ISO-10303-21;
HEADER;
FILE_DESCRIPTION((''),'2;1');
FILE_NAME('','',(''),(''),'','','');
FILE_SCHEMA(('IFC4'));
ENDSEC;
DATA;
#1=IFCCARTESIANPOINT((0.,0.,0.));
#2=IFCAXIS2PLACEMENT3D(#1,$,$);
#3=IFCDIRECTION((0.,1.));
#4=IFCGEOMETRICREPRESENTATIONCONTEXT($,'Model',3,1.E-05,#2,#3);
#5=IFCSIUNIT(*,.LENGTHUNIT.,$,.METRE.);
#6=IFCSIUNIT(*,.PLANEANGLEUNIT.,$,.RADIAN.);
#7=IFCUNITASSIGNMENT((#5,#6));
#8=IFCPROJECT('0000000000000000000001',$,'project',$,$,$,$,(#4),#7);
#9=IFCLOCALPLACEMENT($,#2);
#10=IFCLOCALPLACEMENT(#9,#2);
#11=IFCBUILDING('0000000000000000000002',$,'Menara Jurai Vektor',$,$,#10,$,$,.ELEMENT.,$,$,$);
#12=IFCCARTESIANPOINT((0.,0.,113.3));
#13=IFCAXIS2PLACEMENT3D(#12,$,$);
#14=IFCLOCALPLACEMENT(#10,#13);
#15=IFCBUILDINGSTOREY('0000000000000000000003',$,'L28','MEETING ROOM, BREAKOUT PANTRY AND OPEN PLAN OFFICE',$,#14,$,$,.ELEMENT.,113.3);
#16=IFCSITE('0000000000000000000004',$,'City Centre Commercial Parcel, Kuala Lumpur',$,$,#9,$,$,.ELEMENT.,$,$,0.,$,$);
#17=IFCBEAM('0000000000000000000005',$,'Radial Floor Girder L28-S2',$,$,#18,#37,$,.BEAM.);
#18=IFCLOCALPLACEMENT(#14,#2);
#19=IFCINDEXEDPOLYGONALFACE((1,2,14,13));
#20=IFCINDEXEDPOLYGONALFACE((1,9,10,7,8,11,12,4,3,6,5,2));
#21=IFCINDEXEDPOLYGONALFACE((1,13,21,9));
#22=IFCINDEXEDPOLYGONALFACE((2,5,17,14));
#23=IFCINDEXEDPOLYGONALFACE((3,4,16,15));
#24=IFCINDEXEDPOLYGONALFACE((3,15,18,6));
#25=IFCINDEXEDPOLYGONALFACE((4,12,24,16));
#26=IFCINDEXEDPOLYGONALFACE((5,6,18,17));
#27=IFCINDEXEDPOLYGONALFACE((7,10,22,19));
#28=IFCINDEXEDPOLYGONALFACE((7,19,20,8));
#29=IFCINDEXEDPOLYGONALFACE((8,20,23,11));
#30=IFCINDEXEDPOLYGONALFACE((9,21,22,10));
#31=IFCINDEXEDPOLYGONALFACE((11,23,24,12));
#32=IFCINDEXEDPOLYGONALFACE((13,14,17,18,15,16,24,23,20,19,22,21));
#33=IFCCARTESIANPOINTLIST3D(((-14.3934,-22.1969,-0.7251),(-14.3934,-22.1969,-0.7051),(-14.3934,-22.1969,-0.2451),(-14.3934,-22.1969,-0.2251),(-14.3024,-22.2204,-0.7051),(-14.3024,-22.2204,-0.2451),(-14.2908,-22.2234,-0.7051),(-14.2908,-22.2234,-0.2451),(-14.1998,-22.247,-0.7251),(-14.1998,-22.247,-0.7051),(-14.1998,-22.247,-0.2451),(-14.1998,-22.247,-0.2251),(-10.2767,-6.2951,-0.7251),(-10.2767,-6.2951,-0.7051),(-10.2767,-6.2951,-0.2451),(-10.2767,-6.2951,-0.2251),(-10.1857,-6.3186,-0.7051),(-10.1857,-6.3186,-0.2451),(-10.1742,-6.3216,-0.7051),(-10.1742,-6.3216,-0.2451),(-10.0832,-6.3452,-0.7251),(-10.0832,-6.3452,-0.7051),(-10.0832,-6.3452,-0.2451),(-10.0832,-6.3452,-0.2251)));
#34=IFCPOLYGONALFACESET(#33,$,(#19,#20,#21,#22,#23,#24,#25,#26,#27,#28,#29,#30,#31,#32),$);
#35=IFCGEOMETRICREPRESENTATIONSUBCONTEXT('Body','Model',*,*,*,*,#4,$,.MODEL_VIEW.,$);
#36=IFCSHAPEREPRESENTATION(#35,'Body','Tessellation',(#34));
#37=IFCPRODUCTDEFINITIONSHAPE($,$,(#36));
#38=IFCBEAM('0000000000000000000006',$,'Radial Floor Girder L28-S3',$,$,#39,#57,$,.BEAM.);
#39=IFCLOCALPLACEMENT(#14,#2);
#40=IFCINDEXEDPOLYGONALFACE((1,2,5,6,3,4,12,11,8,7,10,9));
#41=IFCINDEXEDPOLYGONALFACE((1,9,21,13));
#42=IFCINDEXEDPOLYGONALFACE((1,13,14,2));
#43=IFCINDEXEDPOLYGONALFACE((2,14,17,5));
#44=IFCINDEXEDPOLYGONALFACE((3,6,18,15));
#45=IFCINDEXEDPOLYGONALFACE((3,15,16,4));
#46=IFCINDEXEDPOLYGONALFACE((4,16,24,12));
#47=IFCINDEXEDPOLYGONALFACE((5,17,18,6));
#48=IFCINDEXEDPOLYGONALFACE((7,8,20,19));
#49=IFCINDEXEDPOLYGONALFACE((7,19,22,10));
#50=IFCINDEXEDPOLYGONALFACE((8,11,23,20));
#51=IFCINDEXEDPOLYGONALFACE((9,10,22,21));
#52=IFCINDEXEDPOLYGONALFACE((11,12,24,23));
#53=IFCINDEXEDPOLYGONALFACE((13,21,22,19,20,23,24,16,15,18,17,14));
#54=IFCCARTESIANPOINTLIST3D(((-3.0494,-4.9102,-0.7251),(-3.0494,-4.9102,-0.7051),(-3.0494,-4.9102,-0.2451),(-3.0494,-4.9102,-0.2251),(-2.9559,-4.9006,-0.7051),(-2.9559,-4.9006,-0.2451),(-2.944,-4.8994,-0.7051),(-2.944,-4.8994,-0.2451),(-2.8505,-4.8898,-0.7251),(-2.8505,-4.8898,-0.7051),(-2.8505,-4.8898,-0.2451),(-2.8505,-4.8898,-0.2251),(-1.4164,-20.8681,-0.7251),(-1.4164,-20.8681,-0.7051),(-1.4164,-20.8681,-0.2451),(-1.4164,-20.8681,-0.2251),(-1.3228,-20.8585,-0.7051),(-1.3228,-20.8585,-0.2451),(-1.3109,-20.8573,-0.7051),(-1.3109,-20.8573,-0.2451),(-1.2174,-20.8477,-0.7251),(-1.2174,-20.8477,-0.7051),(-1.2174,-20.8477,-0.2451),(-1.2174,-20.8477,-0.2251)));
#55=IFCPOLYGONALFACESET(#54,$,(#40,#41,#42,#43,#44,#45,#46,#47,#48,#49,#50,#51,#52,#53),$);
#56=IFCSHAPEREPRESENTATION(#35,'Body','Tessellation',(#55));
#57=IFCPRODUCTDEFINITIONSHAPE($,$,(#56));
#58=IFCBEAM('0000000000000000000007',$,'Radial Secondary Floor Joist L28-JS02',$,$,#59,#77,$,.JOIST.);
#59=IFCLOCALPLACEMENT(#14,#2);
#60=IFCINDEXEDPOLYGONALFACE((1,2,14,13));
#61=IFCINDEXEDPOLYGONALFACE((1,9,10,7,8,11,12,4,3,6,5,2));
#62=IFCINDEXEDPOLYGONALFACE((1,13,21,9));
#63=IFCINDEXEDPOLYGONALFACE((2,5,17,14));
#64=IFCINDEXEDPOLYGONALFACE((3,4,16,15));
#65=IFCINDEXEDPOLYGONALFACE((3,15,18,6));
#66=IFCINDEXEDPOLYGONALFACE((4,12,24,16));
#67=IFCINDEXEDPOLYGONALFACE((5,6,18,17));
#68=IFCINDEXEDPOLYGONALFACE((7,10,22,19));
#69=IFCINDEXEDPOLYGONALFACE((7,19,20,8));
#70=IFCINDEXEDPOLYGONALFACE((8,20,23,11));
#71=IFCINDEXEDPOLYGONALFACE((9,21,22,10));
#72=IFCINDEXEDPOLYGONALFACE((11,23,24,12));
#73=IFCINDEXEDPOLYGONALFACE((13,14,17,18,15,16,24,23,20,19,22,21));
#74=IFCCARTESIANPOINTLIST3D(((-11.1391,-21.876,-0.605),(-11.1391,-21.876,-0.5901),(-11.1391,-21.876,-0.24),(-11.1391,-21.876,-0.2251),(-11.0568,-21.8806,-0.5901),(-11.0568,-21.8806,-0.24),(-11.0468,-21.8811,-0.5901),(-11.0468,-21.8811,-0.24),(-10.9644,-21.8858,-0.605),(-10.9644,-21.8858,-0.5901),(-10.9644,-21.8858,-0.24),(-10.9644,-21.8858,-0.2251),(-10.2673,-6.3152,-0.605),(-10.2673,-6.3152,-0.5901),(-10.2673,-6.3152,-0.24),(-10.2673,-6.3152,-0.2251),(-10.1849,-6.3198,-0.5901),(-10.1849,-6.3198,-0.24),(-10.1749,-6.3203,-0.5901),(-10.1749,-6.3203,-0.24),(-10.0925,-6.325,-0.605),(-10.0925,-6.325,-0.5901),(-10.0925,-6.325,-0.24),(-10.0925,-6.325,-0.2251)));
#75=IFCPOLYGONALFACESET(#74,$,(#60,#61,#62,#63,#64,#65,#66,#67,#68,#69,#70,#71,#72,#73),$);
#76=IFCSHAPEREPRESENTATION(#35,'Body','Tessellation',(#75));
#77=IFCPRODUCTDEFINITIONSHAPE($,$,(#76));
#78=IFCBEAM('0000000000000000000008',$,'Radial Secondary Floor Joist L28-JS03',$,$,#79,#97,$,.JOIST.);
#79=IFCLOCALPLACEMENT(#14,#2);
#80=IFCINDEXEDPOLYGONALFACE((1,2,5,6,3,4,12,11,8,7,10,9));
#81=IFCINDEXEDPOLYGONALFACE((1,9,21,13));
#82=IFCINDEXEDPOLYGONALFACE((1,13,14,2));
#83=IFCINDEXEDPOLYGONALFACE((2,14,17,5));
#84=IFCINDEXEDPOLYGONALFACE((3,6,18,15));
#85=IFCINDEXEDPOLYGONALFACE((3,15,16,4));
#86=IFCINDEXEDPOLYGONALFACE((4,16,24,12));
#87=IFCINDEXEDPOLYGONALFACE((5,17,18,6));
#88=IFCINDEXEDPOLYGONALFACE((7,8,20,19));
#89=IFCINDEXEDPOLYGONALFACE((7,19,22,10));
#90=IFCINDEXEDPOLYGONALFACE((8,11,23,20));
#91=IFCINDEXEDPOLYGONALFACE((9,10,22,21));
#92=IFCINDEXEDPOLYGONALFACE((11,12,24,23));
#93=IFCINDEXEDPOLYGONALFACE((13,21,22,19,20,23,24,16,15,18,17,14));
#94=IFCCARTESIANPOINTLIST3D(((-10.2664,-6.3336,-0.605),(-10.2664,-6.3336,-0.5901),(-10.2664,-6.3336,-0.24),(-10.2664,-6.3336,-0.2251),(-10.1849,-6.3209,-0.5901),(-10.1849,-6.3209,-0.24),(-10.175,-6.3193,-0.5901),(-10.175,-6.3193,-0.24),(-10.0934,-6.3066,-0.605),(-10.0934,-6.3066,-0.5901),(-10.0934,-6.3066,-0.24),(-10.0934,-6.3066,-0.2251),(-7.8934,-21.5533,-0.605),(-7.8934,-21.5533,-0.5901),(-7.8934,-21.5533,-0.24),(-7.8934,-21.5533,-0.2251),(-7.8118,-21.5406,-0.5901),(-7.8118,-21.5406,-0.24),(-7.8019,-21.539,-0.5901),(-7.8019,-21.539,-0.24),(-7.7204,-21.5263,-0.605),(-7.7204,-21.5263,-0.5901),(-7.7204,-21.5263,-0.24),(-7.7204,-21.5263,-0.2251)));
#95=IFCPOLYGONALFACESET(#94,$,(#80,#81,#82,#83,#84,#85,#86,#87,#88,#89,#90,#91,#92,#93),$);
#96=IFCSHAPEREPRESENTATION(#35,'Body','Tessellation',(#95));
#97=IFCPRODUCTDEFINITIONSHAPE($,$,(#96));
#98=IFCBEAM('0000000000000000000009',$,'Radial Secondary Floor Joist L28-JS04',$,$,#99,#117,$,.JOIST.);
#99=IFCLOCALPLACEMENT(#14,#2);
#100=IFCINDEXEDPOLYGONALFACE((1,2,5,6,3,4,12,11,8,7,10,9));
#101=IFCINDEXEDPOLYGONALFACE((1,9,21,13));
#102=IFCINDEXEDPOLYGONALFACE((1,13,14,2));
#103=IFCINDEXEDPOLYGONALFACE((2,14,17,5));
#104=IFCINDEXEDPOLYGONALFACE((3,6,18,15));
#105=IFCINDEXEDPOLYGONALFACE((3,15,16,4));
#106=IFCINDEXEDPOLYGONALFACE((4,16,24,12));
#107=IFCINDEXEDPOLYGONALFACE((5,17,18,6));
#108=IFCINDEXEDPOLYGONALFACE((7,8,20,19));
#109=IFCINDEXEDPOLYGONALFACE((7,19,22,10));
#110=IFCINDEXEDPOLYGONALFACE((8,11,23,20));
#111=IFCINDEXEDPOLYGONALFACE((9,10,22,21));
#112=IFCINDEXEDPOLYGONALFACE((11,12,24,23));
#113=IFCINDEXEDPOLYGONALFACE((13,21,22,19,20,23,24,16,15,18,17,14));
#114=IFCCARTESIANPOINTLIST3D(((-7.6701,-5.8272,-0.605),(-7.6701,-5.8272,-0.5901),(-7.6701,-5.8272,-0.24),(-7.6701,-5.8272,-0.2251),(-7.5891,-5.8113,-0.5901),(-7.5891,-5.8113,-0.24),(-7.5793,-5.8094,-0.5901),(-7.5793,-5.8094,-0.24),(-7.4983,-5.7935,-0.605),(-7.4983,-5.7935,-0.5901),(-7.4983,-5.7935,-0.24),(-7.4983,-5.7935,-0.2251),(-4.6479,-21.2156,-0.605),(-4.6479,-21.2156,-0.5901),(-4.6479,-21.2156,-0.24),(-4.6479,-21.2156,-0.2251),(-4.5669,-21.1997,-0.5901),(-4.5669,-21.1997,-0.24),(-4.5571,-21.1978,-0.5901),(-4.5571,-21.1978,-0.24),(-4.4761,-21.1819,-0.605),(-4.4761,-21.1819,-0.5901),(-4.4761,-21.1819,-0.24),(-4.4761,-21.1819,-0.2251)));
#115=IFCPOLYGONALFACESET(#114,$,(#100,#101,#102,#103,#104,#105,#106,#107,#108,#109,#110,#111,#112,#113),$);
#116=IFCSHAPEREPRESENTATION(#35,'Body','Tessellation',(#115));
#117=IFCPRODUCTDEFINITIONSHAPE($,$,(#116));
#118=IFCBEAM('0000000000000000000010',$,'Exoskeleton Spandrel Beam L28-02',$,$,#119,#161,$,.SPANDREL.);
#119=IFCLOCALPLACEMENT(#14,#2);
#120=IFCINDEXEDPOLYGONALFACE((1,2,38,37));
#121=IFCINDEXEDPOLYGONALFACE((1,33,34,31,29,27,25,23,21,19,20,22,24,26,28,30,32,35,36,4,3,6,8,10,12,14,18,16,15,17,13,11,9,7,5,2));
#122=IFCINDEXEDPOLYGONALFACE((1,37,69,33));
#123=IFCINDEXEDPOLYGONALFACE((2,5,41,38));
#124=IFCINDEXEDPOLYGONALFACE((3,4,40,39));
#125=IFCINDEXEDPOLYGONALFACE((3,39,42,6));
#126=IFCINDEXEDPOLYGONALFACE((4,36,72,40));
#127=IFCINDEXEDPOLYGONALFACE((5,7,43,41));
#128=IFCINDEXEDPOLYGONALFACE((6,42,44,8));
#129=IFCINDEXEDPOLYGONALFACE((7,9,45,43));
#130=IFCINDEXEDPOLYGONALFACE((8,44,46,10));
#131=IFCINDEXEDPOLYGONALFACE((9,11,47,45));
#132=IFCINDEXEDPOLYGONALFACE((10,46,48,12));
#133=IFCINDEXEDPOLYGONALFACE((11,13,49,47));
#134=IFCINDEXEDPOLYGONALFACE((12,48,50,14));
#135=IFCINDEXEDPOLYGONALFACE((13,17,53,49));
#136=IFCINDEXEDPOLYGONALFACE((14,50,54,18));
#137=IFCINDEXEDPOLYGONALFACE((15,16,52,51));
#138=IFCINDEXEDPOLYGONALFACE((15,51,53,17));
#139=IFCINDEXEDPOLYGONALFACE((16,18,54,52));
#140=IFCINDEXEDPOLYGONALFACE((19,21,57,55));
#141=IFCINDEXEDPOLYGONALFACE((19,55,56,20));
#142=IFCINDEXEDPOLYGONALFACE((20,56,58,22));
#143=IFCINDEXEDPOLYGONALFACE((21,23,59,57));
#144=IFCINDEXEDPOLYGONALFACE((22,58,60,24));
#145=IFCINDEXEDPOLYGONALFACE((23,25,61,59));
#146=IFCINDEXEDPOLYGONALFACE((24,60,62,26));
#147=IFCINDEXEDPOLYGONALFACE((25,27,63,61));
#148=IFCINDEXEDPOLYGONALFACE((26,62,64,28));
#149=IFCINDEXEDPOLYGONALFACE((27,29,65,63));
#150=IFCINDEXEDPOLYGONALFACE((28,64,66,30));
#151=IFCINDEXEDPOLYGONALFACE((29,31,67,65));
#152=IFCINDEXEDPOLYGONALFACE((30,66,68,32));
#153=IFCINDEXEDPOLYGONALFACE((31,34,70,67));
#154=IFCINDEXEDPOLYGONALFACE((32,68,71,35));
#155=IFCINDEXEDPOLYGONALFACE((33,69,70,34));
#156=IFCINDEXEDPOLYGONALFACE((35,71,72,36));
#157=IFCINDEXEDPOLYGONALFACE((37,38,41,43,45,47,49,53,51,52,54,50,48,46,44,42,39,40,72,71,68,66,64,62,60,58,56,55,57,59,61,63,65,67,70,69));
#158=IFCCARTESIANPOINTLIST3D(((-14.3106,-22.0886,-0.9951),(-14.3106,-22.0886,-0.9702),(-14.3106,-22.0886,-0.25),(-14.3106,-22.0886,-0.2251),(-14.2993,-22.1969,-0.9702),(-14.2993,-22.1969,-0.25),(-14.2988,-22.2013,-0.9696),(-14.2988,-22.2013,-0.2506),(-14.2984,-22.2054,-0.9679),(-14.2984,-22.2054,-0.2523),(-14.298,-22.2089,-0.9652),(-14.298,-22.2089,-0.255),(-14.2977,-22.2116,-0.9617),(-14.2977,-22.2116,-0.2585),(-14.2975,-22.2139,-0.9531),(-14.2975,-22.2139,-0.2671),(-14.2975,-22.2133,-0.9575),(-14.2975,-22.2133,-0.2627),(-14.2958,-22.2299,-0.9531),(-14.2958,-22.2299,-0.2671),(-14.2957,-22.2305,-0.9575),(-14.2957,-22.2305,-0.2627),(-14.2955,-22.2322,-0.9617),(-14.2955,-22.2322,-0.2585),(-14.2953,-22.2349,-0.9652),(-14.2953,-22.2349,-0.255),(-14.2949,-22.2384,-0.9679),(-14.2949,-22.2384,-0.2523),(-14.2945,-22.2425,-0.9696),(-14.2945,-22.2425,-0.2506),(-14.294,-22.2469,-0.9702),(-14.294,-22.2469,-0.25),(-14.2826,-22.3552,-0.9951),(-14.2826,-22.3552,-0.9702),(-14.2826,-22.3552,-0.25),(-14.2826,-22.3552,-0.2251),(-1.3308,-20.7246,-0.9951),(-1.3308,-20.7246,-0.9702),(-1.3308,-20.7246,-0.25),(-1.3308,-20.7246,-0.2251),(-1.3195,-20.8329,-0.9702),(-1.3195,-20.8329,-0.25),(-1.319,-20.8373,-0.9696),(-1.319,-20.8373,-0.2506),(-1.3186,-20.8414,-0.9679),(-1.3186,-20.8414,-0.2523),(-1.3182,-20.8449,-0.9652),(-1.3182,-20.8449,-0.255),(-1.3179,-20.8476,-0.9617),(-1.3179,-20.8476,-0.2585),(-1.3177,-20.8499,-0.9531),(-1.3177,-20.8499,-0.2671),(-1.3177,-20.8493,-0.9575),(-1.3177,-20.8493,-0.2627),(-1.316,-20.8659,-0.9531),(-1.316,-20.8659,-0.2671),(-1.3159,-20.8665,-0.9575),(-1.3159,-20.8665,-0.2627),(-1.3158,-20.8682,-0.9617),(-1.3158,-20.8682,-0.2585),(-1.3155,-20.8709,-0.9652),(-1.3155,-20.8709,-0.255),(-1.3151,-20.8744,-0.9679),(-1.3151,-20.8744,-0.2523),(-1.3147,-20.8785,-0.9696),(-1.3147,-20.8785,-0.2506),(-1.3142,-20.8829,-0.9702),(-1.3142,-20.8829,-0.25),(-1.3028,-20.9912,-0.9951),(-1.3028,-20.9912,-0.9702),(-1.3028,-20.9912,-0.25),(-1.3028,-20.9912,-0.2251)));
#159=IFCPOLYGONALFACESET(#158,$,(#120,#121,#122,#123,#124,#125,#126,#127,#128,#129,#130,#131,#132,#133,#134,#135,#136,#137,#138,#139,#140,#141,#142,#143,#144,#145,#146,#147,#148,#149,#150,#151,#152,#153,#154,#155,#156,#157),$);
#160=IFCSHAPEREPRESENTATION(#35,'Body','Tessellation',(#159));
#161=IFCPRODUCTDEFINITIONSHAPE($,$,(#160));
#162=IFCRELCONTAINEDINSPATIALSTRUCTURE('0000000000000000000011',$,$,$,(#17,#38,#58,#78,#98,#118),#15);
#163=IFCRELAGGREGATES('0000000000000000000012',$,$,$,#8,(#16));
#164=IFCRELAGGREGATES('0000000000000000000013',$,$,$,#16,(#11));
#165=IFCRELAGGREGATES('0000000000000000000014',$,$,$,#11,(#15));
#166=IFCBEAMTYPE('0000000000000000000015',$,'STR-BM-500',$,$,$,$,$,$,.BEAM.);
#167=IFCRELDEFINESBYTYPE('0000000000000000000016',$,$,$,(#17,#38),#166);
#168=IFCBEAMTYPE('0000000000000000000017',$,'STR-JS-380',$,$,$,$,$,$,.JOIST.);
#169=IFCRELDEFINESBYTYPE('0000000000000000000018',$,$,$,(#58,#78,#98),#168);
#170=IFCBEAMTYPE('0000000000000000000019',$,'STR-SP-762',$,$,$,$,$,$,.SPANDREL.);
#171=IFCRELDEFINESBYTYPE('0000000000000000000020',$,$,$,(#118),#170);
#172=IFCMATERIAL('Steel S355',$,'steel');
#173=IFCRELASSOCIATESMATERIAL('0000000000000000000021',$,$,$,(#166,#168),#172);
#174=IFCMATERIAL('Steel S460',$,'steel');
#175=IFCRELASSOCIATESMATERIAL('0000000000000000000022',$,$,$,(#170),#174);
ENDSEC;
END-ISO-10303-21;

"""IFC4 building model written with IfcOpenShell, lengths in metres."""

from ifc_helpers import new_model, si_unit, direction, frame, origin, origin_2d, place, context, subcontext, project, spatial, i_section, extrude, material, material_profile, profile_set, type_object, element, save


model = new_model("IFC4")

# Units and contexts
model_context = context("Model", 3, precision=1e-05, world=origin(), true_north=direction((0.0, 1.0)))
body_context = subcontext(model_context, "Body", "Model", "MODEL_VIEW")
ifc_project = project(units=[si_unit("LENGTHUNIT", "METRE"), si_unit("PLANEANGLEUNIT", "RADIAN")], contexts=[model_context])

# Site, building, storey
site_placement = place(None, origin())
site = spatial("IfcSite", under=ifc_project, at=site_placement, Name="City Centre Commercial Parcel, Kuala Lumpur", CompositionType="ELEMENT", RefElevation=0.0)
building_placement = place(site_placement, origin())
building = spatial("IfcBuilding", under=site, at=building_placement, Name="Menara Jurai Vektor", CompositionType="ELEMENT")
storey_placement = place(building_placement, frame((0.0, 0.0, 113.3)))
storey = spatial("IfcBuildingStorey", under=building, at=storey_placement, Name="L28", Description="MEETING ROOM, BREAKOUT PANTRY AND OPEN PLAN OFFICE", CompositionType="ELEMENT", Elevation=113.3)

# Shared definitions
ifc_material_1 = material(Name="Steel S460", Category="steel")

# Beams
ifc_material_2 = material(Name="Steel S355", Category="steel")
ifc_material_profile_1 = material_profile(ifc_material_2, i_section(OverallWidth=0.2, OverallDepth=0.5, WebThickness=0.012, FlangeThickness=0.02, at=origin_2d()), Name="PG 500x200x96")
ifc_profile_set_1 = profile_set([ifc_material_profile_1], Name="Steel S355")
beam_type_1 = type_object("IfcBeamType", Name="STR-BM-500", PredefinedType="BEAM", material=ifc_profile_set_1)
beam_1_placement = place(storey_placement, frame((-14.2966, -22.2219, -0.4751), z_axis=(0.25062, 0.968086, 0.0), x_axis=(-0.968086, 0.25062, 0.0)))
element("IfcBeam", 1, at=beam_1_placement, inside=storey, type_object=beam_type_1, Name="Radial Floor Girder L28-S2", PredefinedType="BEAM", context=body_context, shape_type="SweptSolid", body=[
    extrude(i_section(OverallWidth=0.2, OverallDepth=0.5, WebThickness=0.012, FlangeThickness=0.02, at=origin_2d()), origin(), (0.0, 0.0, 1.0), 16.426),
])
beam_2_placement = place(storey_placement, frame((-1.3169, -20.8579, -0.4751), z_axis=(-0.101803, 0.994805, 0.0), x_axis=(-0.994805, -0.101803, 0.0)))
element("IfcBeam", 2, at=beam_2_placement, inside=storey, type_object=beam_type_1, Name="Radial Floor Girder L28-S3", PredefinedType="BEAM", context=body_context, shape_type="SweptSolid", body=[
    extrude(i_section(OverallWidth=0.2, OverallDepth=0.5, WebThickness=0.012, FlangeThickness=0.02, at=origin_2d()), origin(), (0.0, 0.0, 1.0), 16.0413),
])
ifc_material_profile_2 = material_profile(ifc_material_2, i_section(OverallWidth=0.175, OverallDepth=0.3799, WebThickness=0.01, FlangeThickness=0.0149, at=origin_2d()), Name="PG 380x175x58")
ifc_profile_set_2 = profile_set([ifc_material_profile_2], Name="Steel S355")
beam_type_2 = type_object("IfcBeamType", Name="STR-JS-380", PredefinedType="JOIST", material=ifc_profile_set_2)
beam_3_placement = place(storey_placement, frame((-11.0518, -21.8809, -0.415), z_axis=(0.055939, 0.998434, 0.0), x_axis=(-0.998434, 0.055939, 0.0)))
element("IfcBeam", 3, at=beam_3_placement, inside=storey, type_object=beam_type_2, Name="Radial Secondary Floor Joist L28-JS02", PredefinedType="JOIST", context=body_context, shape_type="SweptSolid", body=[
    extrude(i_section(OverallWidth=0.175, OverallDepth=0.3799, WebThickness=0.01, FlangeThickness=0.0149, at=origin_2d()), origin(), (0.0, 0.0, 1.0), 15.5852),
])
beam_4_placement = place(storey_placement, frame((-7.8069, -21.5398, -0.415), z_axis=(-0.154058, 0.988062, 0.0), x_axis=(-0.988062, -0.154058, 0.0)))
element("IfcBeam", 4, at=beam_4_placement, inside=storey, type_object=beam_type_2, Name="Radial Secondary Floor Joist L28-JS03", PredefinedType="JOIST", context=body_context, shape_type="SweptSolid", body=[
    extrude(i_section(OverallWidth=0.175, OverallDepth=0.3799, WebThickness=0.01, FlangeThickness=0.0149, at=origin_2d()), origin(), (0.0, 0.0, 1.0), 15.4036),
])
beam_5_placement = place(storey_placement, frame((-4.562, -21.1987, -0.415), z_axis=(-0.192714, 0.981255, 0.0), x_axis=(-0.981255, -0.192714, 0.0)))
element("IfcBeam", 5, at=beam_5_placement, inside=storey, type_object=beam_type_2, Name="Radial Secondary Floor Joist L28-JS04", PredefinedType="JOIST", context=body_context, shape_type="SweptSolid", body=[
    extrude(i_section(OverallWidth=0.175, OverallDepth=0.3799, WebThickness=0.01, FlangeThickness=0.0149, at=origin_2d()), origin(), (0.0, 0.0, 1.0), 15.6824),
])
ifc_material_profile_3 = material_profile(ifc_material_1, i_section(OverallWidth=0.2681, OverallDepth=0.77, WebThickness=0.0161, FlangeThickness=0.0249, FilletRadius=0.0171, at=origin_2d()), Name="UKB 762x267x197")
ifc_profile_set_3 = profile_set([ifc_material_profile_3], Name="Steel S460")
beam_type_3 = type_object("IfcBeamType", Name="STR-SP-762", PredefinedType="SPANDREL", material=ifc_profile_set_3)
beam_6_placement = place(storey_placement, frame((-14.2966, -22.2219, -0.6101), z_axis=(0.994524, 0.104512, 0.0), x_axis=(-0.104512, 0.994524, 0.0)))
element("IfcBeam", 6, at=beam_6_placement, inside=storey, type_object=beam_type_3, Name="Exoskeleton Spandrel Beam L28-02", PredefinedType="SPANDREL", context=body_context, shape_type="SweptSolid", body=[
    extrude(i_section(OverallWidth=0.2681, OverallDepth=0.77, WebThickness=0.0161, FlangeThickness=0.0249, FilletRadius=0.0171, at=origin_2d()), origin(), (0.0, 0.0, 1.0), 13.0513),
])

save(model, "model.ifc")
